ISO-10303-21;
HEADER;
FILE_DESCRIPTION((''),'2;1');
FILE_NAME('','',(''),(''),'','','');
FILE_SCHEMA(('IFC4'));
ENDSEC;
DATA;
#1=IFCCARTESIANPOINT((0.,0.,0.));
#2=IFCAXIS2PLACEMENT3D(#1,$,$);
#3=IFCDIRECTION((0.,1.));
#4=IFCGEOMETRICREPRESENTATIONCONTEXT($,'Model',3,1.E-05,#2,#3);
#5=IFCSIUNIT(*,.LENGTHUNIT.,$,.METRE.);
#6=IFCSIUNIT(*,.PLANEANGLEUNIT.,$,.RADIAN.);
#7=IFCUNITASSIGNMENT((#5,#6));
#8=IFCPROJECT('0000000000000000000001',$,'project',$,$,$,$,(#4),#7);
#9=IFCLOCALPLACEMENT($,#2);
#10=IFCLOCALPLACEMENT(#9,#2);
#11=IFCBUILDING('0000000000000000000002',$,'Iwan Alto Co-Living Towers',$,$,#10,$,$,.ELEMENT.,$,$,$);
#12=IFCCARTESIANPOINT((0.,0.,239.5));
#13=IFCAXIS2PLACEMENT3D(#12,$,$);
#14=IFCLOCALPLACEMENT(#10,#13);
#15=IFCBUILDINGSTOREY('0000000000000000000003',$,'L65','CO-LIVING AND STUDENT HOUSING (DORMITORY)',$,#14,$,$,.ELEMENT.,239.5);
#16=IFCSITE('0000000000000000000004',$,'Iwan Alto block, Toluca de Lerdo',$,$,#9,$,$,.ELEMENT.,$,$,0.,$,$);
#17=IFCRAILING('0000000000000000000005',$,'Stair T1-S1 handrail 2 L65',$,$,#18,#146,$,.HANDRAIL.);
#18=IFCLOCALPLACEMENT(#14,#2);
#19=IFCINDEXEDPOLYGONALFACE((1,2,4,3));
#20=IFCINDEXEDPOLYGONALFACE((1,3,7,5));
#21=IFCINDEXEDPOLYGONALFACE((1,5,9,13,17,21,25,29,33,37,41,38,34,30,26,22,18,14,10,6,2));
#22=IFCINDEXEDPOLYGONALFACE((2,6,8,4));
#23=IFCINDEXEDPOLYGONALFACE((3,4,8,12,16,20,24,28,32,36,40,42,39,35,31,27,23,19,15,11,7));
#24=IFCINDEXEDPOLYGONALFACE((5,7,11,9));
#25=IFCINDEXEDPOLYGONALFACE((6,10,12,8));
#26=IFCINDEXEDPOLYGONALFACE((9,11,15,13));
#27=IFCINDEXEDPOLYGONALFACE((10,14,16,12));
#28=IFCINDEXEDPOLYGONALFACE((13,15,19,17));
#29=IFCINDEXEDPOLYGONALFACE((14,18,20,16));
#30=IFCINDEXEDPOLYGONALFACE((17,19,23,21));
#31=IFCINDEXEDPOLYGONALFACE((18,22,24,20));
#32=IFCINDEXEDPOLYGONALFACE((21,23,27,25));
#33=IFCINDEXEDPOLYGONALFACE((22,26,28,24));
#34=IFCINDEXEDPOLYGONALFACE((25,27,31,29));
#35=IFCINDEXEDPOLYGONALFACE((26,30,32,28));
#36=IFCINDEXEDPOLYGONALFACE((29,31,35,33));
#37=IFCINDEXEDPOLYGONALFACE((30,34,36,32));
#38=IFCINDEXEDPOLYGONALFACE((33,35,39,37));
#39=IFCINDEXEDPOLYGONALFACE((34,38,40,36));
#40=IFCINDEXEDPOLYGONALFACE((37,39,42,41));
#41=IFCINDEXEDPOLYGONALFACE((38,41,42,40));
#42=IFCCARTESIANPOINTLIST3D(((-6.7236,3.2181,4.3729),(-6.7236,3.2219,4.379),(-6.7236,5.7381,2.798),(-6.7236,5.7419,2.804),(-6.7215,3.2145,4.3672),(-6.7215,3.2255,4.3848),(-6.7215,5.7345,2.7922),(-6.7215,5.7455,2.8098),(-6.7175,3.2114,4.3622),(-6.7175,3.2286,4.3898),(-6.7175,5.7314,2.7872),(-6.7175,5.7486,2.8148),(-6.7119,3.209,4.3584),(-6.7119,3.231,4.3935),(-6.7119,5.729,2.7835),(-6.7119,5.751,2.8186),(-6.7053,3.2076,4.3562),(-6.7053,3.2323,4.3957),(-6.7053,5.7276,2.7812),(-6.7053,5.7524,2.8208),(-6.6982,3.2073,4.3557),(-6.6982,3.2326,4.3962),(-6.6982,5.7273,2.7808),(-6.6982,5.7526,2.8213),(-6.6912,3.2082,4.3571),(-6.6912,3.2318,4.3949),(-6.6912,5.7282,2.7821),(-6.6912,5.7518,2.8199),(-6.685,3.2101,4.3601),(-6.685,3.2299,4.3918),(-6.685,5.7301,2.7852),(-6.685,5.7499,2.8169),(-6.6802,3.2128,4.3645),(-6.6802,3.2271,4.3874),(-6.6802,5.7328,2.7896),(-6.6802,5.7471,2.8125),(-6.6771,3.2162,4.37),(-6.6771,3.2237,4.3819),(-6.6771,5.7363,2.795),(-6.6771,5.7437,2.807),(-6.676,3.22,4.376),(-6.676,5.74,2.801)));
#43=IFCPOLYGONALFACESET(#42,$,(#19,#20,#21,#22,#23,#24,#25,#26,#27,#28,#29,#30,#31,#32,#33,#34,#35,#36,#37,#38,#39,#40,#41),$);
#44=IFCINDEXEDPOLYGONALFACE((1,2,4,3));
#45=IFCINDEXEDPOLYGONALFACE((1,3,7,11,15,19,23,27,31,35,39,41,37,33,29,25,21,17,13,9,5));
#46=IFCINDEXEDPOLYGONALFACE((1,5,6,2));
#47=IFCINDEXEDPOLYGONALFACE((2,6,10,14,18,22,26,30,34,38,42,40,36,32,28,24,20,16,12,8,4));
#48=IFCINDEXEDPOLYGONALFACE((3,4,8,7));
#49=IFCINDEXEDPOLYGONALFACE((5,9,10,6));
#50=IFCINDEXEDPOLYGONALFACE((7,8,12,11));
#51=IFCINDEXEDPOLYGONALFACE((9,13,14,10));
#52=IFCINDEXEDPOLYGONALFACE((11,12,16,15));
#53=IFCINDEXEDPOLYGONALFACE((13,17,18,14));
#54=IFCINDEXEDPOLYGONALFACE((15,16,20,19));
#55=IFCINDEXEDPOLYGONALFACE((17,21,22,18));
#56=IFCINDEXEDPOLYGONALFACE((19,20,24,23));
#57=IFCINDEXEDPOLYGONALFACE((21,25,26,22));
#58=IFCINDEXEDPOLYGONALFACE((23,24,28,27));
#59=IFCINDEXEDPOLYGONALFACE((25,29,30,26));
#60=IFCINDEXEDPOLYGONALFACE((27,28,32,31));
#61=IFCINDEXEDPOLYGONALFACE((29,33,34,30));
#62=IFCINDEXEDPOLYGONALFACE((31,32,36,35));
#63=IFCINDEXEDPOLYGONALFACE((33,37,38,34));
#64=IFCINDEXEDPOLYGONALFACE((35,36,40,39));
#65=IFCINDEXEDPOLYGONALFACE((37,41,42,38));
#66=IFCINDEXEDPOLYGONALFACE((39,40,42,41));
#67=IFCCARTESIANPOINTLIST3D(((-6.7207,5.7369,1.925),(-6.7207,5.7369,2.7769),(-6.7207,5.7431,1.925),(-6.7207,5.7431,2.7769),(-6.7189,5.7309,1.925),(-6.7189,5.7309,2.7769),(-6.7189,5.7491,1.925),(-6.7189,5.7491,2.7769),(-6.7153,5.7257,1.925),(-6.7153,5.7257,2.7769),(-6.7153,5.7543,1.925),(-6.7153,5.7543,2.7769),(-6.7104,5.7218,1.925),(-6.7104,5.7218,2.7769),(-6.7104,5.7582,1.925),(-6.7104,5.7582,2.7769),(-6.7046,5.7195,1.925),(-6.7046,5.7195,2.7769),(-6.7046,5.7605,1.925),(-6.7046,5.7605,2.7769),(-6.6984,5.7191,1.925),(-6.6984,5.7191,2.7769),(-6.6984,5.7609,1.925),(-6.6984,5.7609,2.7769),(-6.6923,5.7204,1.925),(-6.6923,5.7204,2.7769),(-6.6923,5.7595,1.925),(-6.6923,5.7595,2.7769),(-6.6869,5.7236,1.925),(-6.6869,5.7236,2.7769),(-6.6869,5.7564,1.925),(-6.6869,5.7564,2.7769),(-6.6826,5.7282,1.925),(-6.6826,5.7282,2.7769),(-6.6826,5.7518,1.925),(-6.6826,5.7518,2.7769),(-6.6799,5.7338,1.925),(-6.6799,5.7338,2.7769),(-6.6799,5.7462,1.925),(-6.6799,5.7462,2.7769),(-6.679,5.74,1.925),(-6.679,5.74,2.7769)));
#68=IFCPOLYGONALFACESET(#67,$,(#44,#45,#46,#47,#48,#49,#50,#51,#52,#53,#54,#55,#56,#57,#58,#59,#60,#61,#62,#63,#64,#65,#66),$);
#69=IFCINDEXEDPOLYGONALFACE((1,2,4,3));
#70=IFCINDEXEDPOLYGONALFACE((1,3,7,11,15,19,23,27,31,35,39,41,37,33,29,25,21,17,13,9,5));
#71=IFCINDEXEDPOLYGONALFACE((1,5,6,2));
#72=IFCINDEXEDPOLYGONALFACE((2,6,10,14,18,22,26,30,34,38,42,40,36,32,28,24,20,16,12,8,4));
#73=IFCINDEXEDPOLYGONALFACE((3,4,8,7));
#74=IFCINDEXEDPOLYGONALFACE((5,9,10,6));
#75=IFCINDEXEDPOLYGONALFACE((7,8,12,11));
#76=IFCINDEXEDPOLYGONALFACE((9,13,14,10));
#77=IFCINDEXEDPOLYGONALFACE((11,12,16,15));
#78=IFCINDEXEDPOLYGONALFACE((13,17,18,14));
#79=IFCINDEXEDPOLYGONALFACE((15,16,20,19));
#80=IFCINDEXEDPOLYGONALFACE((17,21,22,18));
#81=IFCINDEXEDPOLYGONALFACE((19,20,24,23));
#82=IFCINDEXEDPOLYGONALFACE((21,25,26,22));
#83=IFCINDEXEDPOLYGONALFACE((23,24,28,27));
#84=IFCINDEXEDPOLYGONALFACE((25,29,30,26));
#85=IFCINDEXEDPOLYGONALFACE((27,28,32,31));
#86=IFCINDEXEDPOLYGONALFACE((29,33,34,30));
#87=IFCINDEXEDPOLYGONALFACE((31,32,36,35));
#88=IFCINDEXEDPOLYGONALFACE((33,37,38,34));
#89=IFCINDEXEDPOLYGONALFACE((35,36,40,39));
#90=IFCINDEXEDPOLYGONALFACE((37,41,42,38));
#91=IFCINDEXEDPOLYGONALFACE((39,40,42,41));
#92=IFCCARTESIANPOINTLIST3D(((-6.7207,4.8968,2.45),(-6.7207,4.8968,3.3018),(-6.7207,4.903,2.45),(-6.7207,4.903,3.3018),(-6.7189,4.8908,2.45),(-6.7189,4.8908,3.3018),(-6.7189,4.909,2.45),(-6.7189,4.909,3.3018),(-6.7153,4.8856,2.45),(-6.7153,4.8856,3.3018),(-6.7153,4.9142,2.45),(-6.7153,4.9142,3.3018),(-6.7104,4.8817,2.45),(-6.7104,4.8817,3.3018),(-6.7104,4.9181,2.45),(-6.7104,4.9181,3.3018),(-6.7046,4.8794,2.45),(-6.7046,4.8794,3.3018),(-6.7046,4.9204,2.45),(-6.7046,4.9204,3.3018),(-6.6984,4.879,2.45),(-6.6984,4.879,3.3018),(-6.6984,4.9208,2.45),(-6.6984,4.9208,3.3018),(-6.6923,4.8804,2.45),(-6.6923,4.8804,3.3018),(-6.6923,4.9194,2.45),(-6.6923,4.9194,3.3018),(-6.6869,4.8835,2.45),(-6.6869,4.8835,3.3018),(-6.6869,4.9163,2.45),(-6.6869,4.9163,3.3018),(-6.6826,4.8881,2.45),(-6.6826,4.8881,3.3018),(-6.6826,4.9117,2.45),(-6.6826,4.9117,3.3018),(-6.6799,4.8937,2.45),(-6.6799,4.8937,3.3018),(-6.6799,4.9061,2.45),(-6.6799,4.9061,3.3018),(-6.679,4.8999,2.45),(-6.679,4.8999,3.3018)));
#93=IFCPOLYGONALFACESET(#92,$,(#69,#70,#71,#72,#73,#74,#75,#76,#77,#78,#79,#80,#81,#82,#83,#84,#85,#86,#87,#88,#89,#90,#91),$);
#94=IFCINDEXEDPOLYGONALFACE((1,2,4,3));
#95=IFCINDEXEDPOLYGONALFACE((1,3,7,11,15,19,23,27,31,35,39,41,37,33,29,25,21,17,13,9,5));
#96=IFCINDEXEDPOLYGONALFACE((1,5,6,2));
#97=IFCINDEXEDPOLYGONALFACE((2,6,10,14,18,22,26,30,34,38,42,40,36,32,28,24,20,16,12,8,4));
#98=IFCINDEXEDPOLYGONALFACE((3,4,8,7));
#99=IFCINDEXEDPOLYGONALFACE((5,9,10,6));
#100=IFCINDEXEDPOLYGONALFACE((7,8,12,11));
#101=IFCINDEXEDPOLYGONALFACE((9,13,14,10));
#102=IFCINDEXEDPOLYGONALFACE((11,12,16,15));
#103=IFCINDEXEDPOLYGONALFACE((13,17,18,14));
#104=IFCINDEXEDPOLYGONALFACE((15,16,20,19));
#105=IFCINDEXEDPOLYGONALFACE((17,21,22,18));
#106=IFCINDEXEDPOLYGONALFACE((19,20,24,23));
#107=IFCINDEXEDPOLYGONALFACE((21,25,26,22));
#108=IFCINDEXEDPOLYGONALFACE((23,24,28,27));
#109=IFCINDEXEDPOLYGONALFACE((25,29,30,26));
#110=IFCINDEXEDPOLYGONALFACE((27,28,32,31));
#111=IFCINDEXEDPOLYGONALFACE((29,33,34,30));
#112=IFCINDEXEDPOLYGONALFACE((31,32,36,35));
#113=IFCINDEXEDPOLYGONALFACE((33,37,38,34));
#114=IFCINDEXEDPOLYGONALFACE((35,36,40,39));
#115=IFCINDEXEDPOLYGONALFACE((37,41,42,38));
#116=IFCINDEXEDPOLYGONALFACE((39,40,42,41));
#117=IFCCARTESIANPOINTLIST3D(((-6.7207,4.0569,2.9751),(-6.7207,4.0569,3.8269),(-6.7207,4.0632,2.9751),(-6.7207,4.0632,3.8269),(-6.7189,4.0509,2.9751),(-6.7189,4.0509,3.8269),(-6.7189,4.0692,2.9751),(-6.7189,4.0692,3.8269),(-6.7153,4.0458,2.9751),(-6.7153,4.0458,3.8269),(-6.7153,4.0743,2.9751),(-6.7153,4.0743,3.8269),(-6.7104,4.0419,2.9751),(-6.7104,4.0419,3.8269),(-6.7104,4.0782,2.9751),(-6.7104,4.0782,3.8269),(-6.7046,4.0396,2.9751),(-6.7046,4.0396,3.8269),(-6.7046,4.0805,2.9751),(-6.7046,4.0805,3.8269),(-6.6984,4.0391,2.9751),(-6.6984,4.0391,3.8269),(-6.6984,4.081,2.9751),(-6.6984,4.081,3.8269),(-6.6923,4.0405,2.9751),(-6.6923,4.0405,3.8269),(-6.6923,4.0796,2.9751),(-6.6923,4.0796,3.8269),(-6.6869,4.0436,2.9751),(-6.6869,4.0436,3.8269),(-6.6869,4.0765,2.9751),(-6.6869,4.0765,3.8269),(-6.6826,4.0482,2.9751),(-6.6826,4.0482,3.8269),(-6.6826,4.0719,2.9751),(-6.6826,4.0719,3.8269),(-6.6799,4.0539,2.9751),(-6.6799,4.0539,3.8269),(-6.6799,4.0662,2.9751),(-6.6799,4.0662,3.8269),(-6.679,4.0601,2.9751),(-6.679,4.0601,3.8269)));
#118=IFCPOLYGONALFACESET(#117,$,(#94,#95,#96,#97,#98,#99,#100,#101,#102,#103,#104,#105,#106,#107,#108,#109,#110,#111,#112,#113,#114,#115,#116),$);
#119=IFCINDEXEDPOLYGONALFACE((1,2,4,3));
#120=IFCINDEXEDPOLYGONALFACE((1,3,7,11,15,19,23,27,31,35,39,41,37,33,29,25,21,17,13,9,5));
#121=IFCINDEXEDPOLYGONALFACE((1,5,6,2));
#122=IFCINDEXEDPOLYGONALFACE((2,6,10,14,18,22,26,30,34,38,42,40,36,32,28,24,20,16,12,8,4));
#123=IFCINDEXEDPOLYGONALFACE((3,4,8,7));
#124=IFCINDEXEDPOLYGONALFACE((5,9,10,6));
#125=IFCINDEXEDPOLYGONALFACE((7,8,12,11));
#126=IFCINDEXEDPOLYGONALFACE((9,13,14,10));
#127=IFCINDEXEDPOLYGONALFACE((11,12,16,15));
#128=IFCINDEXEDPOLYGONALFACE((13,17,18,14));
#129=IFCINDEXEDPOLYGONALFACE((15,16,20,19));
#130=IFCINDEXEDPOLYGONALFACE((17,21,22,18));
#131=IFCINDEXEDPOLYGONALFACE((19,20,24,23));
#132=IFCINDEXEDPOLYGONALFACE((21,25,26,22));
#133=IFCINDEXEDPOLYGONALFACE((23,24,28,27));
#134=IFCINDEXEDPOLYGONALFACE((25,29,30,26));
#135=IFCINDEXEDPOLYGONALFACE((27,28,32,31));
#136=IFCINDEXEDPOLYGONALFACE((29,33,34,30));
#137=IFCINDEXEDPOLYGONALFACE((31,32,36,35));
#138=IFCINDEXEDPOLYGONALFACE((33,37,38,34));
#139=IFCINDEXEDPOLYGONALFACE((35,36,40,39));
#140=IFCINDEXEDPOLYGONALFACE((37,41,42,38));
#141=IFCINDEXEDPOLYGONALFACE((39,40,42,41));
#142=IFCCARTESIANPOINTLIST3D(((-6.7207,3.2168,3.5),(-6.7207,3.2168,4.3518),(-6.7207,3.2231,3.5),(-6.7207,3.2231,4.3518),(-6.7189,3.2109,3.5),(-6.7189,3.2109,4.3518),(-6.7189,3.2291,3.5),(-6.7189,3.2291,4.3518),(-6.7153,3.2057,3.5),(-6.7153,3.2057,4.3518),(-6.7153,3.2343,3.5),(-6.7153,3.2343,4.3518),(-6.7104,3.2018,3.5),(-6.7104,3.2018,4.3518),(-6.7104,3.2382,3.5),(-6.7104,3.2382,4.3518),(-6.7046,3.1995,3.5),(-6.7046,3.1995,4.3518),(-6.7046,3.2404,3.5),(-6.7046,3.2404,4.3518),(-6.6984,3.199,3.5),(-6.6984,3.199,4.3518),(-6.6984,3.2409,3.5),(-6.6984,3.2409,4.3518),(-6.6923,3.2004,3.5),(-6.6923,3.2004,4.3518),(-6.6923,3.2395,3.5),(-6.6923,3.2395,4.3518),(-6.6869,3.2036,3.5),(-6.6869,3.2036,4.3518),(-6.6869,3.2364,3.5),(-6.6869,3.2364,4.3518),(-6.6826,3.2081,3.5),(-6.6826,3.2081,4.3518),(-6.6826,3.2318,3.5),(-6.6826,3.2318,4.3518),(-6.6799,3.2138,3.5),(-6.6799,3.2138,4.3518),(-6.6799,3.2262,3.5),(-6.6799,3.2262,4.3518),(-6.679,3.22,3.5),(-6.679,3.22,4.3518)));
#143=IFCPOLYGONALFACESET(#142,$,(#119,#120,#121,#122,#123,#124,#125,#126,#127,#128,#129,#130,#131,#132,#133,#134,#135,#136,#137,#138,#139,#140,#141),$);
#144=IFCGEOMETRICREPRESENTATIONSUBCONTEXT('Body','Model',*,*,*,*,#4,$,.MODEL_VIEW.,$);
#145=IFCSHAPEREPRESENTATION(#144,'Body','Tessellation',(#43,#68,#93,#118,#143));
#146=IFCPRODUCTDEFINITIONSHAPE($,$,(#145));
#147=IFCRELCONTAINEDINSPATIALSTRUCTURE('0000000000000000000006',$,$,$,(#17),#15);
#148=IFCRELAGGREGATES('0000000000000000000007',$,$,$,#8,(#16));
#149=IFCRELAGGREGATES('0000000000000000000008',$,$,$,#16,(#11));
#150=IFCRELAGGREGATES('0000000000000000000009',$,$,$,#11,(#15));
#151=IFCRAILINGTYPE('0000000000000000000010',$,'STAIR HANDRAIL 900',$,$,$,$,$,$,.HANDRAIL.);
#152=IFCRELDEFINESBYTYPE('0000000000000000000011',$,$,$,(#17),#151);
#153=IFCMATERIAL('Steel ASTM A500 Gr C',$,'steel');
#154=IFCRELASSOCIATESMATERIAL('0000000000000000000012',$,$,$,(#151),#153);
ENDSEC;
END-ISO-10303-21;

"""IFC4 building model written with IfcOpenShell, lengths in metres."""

from ifc_helpers import new_model, si_unit, direction, frame, origin, origin_2d, place, context, subcontext, project, spatial, circle, extrude, material, type_object, element, save


model = new_model("IFC4")

# Units and contexts
model_context = context("Model", 3, precision=1e-05, world=origin(), true_north=direction((0.0, 1.0)))
body_context = subcontext(model_context, "Body", "Model", "MODEL_VIEW")
ifc_project = project(units=[si_unit("LENGTHUNIT", "METRE"), si_unit("PLANEANGLEUNIT", "RADIAN")], contexts=[model_context])

# Site, building, storey
site_placement = place(None, origin())
site = spatial("IfcSite", under=ifc_project, at=site_placement, Name="Iwan Alto block, Toluca de Lerdo", CompositionType="ELEMENT", RefElevation=0.0)
building_placement = place(site_placement, origin())
building = spatial("IfcBuilding", under=site, at=building_placement, Name="Iwan Alto Co-Living Towers", CompositionType="ELEMENT")
storey_placement = place(building_placement, frame((0.0, 0.0, 239.5)))
storey = spatial("IfcBuildingStorey", under=building, at=storey_placement, Name="L65", Description="CO-LIVING AND STUDENT HOUSING (DORMITORY)", CompositionType="ELEMENT", Elevation=239.5)

# Railing
ifc_material_1 = material(Name="Steel ASTM A500 Gr C", Category="steel")
railing_type_1 = type_object("IfcRailingType", Name="STAIR HANDRAIL 900", PredefinedType="HANDRAIL", material=ifc_material_1)
railing_1_placement = place(storey_placement, frame((-6.7, 5.74, 1.925)))
element("IfcRailing", 1, at=railing_1_placement, inside=storey, type_object=railing_type_1, Name="Stair T1-S1 handrail 2 L65", PredefinedType="HANDRAIL", context=body_context, shape_type="SweptSolid", body=[
    extrude(circle(Radius=0.0239, at=origin_2d()), frame((0.0, 0.0, 0.876), z_axis=(0.0, -0.848008, 0.529984), x_axis=(1.0, 0.0, 0.0)), (0.0, 0.0, 1.0), 2.9717),
    extrude(circle(Radius=0.021, at=origin_2d()), origin(), (0.0, 0.0, 1.0), 0.8518),
    extrude(circle(Radius=0.021, at=origin_2d()), frame((0.0, -0.8401, 0.5249)), (0.0, 0.0, 1.0), 0.8518),
    extrude(circle(Radius=0.021, at=origin_2d()), frame((0.0, -1.6799, 1.05)), (0.0, 0.0, 1.0), 0.8518),
    extrude(circle(Radius=0.021, at=origin_2d()), frame((0.0, -2.52, 1.575)), (0.0, 0.0, 1.0), 0.8518),
])

save(model, "model.ifc")
